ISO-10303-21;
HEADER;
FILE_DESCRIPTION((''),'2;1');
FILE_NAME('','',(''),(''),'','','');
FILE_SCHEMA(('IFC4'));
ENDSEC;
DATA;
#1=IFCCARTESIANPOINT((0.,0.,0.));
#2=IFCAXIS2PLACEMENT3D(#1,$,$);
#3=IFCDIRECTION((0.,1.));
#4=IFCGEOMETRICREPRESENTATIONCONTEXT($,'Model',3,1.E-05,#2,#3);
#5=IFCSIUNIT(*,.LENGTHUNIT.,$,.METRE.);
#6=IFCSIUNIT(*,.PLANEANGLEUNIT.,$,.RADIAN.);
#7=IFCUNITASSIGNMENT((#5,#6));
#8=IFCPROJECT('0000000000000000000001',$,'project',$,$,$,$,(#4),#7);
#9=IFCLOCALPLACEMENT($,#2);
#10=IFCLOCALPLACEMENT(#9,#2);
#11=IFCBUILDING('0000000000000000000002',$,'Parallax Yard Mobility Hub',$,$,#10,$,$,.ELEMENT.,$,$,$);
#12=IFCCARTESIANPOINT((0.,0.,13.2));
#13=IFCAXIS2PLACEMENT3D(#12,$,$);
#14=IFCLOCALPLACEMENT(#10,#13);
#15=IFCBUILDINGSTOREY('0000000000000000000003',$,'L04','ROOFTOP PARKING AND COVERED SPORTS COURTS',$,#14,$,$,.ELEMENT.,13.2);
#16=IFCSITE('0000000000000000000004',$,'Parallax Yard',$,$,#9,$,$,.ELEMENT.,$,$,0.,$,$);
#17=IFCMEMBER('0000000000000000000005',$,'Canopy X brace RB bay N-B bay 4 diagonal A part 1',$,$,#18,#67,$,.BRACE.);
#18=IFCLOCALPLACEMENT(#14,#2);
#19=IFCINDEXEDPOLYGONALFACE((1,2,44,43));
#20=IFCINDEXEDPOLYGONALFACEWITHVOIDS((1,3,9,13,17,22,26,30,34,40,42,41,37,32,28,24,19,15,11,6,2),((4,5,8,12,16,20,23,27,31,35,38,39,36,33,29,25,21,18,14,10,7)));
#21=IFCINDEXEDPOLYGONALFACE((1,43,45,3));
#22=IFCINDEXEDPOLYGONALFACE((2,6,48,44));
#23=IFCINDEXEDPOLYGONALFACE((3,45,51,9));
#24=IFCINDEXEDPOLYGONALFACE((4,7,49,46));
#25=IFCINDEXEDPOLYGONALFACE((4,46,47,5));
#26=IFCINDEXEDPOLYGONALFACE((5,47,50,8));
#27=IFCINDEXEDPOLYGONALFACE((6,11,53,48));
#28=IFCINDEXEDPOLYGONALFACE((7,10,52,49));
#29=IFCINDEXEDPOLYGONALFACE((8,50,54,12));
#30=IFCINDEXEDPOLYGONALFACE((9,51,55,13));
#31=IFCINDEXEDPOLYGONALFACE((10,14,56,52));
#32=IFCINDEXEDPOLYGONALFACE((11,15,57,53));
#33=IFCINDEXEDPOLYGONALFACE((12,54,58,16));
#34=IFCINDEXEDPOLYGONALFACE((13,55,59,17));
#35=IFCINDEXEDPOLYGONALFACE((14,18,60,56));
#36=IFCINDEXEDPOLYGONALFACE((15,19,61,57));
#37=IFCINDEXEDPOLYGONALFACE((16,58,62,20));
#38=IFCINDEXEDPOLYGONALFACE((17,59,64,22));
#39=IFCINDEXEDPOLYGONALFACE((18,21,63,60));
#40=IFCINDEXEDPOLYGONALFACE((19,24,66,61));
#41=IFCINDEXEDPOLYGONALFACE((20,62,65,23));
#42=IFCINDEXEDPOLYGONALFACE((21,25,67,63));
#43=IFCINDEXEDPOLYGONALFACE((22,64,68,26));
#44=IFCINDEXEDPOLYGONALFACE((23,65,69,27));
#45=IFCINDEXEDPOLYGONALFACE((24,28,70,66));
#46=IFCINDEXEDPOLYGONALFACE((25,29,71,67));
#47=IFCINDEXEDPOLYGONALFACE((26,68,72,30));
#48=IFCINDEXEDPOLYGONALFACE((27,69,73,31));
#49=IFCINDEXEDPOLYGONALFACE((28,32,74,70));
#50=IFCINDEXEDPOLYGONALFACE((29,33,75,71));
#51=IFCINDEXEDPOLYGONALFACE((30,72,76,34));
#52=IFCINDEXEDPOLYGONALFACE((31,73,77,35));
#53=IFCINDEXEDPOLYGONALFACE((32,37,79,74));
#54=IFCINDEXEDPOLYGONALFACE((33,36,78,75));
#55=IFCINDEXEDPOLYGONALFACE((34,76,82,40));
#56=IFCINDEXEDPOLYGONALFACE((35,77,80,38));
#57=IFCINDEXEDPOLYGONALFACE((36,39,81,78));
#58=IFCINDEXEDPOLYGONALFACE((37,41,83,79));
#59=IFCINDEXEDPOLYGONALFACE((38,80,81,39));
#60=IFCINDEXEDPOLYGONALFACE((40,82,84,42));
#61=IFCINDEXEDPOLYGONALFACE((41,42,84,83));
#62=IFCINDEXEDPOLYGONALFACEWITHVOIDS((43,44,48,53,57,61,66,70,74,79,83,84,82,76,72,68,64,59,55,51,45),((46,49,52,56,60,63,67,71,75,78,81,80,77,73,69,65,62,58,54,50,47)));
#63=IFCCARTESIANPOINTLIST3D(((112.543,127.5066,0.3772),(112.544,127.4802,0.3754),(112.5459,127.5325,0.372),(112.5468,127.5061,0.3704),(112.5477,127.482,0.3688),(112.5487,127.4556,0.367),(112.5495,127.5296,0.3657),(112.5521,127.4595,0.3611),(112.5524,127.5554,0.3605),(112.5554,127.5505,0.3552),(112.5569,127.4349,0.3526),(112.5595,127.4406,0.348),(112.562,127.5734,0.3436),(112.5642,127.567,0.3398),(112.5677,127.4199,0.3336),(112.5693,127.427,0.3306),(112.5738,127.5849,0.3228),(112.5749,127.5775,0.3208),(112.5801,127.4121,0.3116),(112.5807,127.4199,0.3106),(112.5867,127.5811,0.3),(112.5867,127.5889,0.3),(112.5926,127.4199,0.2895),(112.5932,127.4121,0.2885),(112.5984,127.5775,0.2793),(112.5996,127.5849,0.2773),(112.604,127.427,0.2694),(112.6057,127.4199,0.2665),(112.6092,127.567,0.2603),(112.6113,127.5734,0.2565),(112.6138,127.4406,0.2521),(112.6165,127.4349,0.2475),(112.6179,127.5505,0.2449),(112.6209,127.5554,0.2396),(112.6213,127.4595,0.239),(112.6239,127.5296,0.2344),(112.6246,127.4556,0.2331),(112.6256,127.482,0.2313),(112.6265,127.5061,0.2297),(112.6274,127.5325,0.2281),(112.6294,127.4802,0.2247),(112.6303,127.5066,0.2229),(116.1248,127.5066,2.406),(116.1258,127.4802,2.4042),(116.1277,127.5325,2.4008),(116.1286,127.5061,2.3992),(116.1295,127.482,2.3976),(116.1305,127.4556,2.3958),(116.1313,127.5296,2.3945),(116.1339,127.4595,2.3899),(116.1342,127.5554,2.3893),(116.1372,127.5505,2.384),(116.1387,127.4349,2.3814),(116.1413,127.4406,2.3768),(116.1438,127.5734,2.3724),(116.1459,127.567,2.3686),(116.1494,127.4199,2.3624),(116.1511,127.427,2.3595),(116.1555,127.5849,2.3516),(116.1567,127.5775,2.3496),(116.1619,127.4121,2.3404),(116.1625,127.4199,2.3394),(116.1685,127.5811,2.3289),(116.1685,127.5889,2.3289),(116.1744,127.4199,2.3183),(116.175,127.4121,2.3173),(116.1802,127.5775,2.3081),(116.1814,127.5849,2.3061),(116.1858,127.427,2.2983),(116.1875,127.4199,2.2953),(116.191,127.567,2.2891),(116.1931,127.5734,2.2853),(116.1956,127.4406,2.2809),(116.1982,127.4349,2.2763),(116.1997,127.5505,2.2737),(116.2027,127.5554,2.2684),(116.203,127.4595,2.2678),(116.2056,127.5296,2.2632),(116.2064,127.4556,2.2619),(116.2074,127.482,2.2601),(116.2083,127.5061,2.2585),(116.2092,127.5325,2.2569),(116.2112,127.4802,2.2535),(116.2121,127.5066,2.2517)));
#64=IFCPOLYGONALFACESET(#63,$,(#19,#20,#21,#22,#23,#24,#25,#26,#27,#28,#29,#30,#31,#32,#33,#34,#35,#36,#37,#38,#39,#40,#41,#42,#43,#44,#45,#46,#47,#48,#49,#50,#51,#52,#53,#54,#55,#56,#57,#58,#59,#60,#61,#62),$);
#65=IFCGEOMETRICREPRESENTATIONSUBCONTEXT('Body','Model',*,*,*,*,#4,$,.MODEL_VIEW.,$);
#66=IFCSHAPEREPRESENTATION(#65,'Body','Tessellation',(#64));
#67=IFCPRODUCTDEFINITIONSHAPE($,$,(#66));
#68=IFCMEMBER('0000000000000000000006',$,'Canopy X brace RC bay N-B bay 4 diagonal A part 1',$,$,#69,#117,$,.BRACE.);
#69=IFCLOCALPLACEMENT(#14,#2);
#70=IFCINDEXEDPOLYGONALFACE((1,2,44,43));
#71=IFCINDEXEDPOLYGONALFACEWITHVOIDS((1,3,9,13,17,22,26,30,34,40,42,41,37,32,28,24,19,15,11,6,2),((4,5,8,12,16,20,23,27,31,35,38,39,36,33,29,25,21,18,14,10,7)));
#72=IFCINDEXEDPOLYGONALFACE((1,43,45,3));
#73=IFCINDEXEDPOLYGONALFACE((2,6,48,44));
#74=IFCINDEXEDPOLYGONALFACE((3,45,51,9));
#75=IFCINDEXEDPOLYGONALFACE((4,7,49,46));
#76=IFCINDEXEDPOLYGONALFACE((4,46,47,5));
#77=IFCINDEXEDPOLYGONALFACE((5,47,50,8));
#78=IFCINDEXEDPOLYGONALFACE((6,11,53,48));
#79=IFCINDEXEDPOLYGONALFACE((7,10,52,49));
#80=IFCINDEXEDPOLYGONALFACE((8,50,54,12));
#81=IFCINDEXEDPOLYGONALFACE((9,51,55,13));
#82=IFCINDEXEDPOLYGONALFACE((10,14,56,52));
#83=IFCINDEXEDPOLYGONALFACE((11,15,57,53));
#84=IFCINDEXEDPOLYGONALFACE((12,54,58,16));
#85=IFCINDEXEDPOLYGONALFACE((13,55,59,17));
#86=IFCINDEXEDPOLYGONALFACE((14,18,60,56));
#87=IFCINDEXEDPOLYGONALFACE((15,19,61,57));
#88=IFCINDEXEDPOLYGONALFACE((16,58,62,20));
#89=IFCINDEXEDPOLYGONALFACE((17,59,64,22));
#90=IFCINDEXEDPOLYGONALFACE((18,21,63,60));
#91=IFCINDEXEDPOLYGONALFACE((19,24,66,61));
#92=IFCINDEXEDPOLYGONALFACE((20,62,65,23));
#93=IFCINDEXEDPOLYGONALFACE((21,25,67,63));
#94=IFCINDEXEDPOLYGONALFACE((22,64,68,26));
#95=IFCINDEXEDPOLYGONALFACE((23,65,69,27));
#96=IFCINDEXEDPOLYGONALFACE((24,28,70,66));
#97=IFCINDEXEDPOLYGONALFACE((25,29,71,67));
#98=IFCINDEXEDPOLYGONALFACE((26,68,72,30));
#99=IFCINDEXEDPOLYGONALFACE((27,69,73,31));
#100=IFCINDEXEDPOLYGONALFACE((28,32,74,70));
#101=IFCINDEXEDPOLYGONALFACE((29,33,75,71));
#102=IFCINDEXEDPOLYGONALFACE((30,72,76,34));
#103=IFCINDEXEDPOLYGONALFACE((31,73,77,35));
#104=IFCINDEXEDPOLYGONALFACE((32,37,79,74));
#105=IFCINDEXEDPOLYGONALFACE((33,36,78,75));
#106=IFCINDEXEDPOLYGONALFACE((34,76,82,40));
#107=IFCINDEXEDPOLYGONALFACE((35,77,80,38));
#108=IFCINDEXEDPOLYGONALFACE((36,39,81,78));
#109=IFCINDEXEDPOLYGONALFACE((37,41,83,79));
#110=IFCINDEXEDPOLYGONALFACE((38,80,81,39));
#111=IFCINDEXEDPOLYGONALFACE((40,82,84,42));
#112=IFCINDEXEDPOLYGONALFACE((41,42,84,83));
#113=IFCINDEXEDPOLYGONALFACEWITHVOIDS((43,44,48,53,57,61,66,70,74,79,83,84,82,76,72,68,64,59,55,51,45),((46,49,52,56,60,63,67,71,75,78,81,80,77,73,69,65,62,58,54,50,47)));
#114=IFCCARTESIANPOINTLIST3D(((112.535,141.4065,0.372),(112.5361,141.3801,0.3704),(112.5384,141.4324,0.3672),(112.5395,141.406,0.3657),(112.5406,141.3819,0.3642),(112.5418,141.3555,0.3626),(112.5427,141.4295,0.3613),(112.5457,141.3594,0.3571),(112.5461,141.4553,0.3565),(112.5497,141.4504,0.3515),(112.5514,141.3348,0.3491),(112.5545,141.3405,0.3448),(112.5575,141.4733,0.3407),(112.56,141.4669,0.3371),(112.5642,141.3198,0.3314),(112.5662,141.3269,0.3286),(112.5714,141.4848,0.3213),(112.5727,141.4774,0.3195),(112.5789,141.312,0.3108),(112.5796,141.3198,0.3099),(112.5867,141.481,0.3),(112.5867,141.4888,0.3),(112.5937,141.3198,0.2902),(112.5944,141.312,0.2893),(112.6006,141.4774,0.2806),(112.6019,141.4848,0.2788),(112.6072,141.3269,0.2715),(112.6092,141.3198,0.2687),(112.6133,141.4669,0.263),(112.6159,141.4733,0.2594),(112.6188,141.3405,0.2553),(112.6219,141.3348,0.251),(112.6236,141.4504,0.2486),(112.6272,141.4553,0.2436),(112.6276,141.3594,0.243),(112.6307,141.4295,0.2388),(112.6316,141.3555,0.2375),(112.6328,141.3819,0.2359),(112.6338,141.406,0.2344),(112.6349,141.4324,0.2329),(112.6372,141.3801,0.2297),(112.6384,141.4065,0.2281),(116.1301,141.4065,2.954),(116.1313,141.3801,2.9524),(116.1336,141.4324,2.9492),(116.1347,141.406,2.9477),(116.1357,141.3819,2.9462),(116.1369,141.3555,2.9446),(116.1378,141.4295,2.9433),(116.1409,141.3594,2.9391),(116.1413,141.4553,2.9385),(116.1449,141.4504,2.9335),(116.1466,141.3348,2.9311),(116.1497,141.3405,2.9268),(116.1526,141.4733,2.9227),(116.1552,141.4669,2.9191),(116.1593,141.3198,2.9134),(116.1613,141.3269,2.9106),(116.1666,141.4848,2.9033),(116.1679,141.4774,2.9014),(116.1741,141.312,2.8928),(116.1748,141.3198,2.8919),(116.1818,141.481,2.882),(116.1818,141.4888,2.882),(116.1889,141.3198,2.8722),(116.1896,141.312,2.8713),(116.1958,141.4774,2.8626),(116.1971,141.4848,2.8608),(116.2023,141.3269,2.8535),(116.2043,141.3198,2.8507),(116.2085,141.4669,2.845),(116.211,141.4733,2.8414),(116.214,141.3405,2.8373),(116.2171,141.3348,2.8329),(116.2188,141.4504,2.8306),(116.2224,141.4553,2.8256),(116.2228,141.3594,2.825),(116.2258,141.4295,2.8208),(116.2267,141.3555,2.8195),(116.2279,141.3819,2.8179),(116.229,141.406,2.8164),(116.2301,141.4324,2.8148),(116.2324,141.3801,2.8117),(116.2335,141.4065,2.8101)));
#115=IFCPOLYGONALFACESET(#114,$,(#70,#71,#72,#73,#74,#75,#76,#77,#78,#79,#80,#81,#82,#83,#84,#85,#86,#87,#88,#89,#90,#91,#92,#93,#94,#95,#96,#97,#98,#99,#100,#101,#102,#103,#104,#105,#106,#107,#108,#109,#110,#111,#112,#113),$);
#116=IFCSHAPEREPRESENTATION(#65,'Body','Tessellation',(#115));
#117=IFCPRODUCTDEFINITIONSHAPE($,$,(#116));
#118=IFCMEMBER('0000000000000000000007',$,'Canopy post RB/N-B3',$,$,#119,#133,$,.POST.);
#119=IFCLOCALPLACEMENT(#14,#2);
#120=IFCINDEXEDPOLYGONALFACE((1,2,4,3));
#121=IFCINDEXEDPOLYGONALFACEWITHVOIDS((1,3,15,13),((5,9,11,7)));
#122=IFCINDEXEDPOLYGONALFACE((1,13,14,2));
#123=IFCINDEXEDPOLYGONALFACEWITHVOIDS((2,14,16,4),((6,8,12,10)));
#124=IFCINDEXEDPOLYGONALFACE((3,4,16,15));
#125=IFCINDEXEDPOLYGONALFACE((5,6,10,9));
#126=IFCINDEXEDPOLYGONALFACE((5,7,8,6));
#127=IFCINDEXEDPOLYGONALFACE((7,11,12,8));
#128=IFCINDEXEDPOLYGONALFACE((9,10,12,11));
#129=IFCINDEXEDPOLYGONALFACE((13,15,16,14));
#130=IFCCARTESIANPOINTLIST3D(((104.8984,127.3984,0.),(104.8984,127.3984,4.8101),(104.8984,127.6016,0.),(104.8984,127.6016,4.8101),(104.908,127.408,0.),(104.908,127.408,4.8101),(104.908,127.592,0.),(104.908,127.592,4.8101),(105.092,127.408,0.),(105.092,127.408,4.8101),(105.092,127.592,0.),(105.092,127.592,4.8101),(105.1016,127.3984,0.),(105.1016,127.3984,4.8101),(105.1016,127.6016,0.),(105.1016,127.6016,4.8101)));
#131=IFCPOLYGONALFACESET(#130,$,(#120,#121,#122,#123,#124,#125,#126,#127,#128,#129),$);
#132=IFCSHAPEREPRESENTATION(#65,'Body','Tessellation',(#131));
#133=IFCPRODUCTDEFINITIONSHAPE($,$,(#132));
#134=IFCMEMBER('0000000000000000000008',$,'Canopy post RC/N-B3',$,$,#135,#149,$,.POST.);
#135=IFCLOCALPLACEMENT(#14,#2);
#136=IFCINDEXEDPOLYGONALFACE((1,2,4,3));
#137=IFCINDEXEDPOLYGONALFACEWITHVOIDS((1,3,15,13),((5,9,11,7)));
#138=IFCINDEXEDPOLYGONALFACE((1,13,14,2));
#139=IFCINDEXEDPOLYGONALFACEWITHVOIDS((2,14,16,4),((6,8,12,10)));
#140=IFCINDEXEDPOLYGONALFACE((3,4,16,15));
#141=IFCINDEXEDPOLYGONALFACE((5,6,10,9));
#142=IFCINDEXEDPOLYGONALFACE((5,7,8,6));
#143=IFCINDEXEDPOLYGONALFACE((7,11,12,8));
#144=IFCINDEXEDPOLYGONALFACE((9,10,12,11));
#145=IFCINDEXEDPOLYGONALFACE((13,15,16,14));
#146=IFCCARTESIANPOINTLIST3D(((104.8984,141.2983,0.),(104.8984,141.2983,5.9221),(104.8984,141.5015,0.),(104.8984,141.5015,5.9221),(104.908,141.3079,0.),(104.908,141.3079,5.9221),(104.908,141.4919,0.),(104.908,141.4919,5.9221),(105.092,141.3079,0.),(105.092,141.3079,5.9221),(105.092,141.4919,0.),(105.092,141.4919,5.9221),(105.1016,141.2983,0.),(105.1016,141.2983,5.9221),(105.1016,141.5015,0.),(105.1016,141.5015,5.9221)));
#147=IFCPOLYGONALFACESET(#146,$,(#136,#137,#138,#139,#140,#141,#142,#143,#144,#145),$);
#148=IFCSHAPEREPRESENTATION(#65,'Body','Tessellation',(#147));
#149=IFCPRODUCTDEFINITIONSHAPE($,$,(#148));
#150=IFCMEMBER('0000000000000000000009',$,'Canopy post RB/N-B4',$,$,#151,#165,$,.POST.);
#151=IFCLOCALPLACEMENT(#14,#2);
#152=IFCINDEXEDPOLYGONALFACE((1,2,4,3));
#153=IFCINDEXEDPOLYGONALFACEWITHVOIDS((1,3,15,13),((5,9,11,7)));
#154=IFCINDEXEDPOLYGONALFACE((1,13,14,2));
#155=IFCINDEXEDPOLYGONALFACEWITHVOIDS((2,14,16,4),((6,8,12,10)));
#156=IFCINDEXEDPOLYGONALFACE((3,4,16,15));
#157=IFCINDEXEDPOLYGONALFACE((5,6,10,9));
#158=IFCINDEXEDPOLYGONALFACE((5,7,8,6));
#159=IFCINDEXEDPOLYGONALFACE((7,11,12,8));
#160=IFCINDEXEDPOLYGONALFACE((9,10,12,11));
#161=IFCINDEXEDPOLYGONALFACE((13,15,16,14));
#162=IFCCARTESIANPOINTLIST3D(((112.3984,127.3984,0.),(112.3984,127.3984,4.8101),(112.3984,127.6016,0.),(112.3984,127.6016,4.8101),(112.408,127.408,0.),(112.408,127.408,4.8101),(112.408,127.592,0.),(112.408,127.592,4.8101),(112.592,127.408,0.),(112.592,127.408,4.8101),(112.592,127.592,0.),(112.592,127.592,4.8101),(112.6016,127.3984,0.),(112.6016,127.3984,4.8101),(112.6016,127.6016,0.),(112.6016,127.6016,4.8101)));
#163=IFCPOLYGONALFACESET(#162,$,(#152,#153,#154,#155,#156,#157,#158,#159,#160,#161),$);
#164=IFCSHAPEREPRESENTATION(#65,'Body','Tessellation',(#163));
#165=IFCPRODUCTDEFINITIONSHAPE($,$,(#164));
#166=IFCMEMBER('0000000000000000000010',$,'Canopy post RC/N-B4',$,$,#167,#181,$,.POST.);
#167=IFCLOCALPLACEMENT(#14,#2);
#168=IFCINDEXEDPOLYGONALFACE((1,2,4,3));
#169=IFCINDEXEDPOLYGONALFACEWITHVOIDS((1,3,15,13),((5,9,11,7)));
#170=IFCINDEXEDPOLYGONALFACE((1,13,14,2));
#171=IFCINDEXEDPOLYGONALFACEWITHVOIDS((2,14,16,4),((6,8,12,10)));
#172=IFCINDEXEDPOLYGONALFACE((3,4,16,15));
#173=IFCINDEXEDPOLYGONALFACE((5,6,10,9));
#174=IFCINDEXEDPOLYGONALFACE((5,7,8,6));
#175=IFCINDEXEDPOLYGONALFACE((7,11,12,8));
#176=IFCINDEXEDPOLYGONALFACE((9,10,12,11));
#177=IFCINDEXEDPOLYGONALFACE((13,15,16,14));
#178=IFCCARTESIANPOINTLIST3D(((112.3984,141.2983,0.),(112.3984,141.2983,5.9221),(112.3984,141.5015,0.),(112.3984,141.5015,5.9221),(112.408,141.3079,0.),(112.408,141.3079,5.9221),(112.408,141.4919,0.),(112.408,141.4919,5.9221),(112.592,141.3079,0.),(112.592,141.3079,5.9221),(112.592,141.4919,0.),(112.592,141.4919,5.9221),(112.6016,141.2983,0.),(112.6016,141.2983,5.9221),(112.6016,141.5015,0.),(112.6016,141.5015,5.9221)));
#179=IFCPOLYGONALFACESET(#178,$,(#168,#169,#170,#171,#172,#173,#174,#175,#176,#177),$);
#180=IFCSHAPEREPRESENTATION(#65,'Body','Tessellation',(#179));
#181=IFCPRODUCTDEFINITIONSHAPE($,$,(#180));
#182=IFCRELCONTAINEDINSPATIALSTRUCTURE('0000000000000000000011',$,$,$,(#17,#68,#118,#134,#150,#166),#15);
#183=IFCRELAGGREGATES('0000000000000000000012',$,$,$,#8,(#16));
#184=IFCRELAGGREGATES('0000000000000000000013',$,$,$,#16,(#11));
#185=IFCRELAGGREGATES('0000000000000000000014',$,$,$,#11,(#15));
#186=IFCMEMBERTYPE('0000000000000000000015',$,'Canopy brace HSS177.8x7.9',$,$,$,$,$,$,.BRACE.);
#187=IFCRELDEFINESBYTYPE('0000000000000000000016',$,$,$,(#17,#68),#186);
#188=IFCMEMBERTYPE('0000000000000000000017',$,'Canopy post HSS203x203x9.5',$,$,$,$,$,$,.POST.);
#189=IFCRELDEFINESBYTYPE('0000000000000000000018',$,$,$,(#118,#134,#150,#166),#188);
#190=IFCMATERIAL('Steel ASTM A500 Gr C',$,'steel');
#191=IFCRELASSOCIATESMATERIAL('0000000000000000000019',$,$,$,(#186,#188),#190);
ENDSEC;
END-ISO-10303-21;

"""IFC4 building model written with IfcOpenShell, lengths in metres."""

from ifc_helpers import new_model, si_unit, direction, frame, origin, origin_2d, place, context, subcontext, project, spatial, hollow_rectangle, hollow_circle, extrude, material, material_profile, profile_set, type_object, element, save


model = new_model("IFC4")

# Units and contexts
model_context = context("Model", 3, precision=1e-05, world=origin(), true_north=direction((0.0, 1.0)))
body_context = subcontext(model_context, "Body", "Model", "MODEL_VIEW")
ifc_project = project(units=[si_unit("LENGTHUNIT", "METRE"), si_unit("PLANEANGLEUNIT", "RADIAN")], contexts=[model_context])

# Site, building, storey
site_placement = place(None, origin())
site = spatial("IfcSite", under=ifc_project, at=site_placement, Name="Parallax Yard", CompositionType="ELEMENT", RefElevation=0.0)
building_placement = place(site_placement, origin())
building = spatial("IfcBuilding", under=site, at=building_placement, Name="Parallax Yard Mobility Hub", CompositionType="ELEMENT")
storey_placement = place(building_placement, frame((0.0, 0.0, 13.2)))
storey = spatial("IfcBuildingStorey", under=building, at=storey_placement, Name="L04", Description="ROOFTOP PARKING AND COVERED SPORTS COURTS", CompositionType="ELEMENT", Elevation=13.2)

# Members
ifc_material_1 = material(Name="Steel ASTM A500 Gr C", Category="steel")
ifc_material_profile_1 = material_profile(ifc_material_1, hollow_circle(Radius=0.0889, WallThickness=0.0078, at=origin_2d()), Name="HSS177.8x7.9")
ifc_profile_set_1 = profile_set([ifc_material_profile_1], Name="Steel ASTM A500 Gr C")
member_type_1 = type_object("IfcMemberType", Name="Canopy brace HSS177.8x7.9", PredefinedType="BRACE", material=ifc_profile_set_1)
member_1_placement = place(storey_placement, frame((112.5867, 127.5, 0.3), z_axis=(0.870113, 0.0, 0.492852), x_axis=(0.0, 1.0, 0.0)))
element("IfcMember", 1, at=member_1_placement, inside=storey, type_object=member_type_1, Name="Canopy X brace RB bay N-B bay 4 diagonal A part 1", PredefinedType="BRACE", context=body_context, shape_type="SweptSolid", body=[
    extrude(hollow_circle(Radius=0.0889, WallThickness=0.0078, at=origin_2d()), origin(), (0.0, 0.0, 1.0), 4.1165),
])
member_2_placement = place(storey_placement, frame((112.5867, 141.3999, 0.3), z_axis=(0.812233, 0.0, 0.583334), x_axis=(0.0, 1.0, 0.0)))
element("IfcMember", 2, at=member_2_placement, inside=storey, type_object=member_type_1, Name="Canopy X brace RC bay N-B bay 4 diagonal A part 1", PredefinedType="BRACE", context=body_context, shape_type="SweptSolid", body=[
    extrude(hollow_circle(Radius=0.0889, WallThickness=0.0078, at=origin_2d()), origin(), (0.0, 0.0, 1.0), 4.4263),
])
ifc_material_profile_2 = material_profile(ifc_material_1, hollow_rectangle(XDim=0.2031, YDim=0.2031, WallThickness=0.0095, at=origin_2d()), Name="HSS203x203x9.5")
ifc_profile_set_2 = profile_set([ifc_material_profile_2], Name="Steel ASTM A500 Gr C")
member_type_2 = type_object("IfcMemberType", Name="Canopy post HSS203x203x9.5", PredefinedType="POST", material=ifc_profile_set_2)
member_3_placement = place(storey_placement, frame((105.0, 127.5, 0.0), z_axis=(0.0, 0.0, 1.0), x_axis=(1.0, 0.0, 0.0)))
element("IfcMember", 3, at=member_3_placement, inside=storey, type_object=member_type_2, Name="Canopy post RB/N-B3", PredefinedType="POST", context=body_context, shape_type="SweptSolid", body=[
    extrude(hollow_rectangle(XDim=0.2031, YDim=0.2031, WallThickness=0.0095, at=origin_2d()), origin(), (0.0, 0.0, 1.0), 4.8101),
])
member_4_placement = place(storey_placement, frame((105.0, 141.3999, 0.0), z_axis=(0.0, 0.0, 1.0), x_axis=(1.0, 0.0, 0.0)))
element("IfcMember", 4, at=member_4_placement, inside=storey, type_object=member_type_2, Name="Canopy post RC/N-B3", PredefinedType="POST", context=body_context, shape_type="SweptSolid", body=[
    extrude(hollow_rectangle(XDim=0.2031, YDim=0.2031, WallThickness=0.0095, at=origin_2d()), origin(), (0.0, 0.0, 1.0), 5.9221),
])
member_5_placement = place(storey_placement, frame((112.5, 127.5, 0.0), z_axis=(0.0, 0.0, 1.0), x_axis=(1.0, 0.0, 0.0)))
element("IfcMember", 5, at=member_5_placement, inside=storey, type_object=member_type_2, Name="Canopy post RB/N-B4", PredefinedType="POST", context=body_context, shape_type="SweptSolid", body=[
    extrude(hollow_rectangle(XDim=0.2031, YDim=0.2031, WallThickness=0.0095, at=origin_2d()), origin(), (0.0, 0.0, 1.0), 4.8101),
])
member_6_placement = place(storey_placement, frame((112.5, 141.3999, 0.0), z_axis=(0.0, 0.0, 1.0), x_axis=(1.0, 0.0, 0.0)))
element("IfcMember", 6, at=member_6_placement, inside=storey, type_object=member_type_2, Name="Canopy post RC/N-B4", PredefinedType="POST", context=body_context, shape_type="SweptSolid", body=[
    extrude(hollow_rectangle(XDim=0.2031, YDim=0.2031, WallThickness=0.0095, at=origin_2d()), origin(), (0.0, 0.0, 1.0), 5.9221),
])

save(model, "model.ifc")
